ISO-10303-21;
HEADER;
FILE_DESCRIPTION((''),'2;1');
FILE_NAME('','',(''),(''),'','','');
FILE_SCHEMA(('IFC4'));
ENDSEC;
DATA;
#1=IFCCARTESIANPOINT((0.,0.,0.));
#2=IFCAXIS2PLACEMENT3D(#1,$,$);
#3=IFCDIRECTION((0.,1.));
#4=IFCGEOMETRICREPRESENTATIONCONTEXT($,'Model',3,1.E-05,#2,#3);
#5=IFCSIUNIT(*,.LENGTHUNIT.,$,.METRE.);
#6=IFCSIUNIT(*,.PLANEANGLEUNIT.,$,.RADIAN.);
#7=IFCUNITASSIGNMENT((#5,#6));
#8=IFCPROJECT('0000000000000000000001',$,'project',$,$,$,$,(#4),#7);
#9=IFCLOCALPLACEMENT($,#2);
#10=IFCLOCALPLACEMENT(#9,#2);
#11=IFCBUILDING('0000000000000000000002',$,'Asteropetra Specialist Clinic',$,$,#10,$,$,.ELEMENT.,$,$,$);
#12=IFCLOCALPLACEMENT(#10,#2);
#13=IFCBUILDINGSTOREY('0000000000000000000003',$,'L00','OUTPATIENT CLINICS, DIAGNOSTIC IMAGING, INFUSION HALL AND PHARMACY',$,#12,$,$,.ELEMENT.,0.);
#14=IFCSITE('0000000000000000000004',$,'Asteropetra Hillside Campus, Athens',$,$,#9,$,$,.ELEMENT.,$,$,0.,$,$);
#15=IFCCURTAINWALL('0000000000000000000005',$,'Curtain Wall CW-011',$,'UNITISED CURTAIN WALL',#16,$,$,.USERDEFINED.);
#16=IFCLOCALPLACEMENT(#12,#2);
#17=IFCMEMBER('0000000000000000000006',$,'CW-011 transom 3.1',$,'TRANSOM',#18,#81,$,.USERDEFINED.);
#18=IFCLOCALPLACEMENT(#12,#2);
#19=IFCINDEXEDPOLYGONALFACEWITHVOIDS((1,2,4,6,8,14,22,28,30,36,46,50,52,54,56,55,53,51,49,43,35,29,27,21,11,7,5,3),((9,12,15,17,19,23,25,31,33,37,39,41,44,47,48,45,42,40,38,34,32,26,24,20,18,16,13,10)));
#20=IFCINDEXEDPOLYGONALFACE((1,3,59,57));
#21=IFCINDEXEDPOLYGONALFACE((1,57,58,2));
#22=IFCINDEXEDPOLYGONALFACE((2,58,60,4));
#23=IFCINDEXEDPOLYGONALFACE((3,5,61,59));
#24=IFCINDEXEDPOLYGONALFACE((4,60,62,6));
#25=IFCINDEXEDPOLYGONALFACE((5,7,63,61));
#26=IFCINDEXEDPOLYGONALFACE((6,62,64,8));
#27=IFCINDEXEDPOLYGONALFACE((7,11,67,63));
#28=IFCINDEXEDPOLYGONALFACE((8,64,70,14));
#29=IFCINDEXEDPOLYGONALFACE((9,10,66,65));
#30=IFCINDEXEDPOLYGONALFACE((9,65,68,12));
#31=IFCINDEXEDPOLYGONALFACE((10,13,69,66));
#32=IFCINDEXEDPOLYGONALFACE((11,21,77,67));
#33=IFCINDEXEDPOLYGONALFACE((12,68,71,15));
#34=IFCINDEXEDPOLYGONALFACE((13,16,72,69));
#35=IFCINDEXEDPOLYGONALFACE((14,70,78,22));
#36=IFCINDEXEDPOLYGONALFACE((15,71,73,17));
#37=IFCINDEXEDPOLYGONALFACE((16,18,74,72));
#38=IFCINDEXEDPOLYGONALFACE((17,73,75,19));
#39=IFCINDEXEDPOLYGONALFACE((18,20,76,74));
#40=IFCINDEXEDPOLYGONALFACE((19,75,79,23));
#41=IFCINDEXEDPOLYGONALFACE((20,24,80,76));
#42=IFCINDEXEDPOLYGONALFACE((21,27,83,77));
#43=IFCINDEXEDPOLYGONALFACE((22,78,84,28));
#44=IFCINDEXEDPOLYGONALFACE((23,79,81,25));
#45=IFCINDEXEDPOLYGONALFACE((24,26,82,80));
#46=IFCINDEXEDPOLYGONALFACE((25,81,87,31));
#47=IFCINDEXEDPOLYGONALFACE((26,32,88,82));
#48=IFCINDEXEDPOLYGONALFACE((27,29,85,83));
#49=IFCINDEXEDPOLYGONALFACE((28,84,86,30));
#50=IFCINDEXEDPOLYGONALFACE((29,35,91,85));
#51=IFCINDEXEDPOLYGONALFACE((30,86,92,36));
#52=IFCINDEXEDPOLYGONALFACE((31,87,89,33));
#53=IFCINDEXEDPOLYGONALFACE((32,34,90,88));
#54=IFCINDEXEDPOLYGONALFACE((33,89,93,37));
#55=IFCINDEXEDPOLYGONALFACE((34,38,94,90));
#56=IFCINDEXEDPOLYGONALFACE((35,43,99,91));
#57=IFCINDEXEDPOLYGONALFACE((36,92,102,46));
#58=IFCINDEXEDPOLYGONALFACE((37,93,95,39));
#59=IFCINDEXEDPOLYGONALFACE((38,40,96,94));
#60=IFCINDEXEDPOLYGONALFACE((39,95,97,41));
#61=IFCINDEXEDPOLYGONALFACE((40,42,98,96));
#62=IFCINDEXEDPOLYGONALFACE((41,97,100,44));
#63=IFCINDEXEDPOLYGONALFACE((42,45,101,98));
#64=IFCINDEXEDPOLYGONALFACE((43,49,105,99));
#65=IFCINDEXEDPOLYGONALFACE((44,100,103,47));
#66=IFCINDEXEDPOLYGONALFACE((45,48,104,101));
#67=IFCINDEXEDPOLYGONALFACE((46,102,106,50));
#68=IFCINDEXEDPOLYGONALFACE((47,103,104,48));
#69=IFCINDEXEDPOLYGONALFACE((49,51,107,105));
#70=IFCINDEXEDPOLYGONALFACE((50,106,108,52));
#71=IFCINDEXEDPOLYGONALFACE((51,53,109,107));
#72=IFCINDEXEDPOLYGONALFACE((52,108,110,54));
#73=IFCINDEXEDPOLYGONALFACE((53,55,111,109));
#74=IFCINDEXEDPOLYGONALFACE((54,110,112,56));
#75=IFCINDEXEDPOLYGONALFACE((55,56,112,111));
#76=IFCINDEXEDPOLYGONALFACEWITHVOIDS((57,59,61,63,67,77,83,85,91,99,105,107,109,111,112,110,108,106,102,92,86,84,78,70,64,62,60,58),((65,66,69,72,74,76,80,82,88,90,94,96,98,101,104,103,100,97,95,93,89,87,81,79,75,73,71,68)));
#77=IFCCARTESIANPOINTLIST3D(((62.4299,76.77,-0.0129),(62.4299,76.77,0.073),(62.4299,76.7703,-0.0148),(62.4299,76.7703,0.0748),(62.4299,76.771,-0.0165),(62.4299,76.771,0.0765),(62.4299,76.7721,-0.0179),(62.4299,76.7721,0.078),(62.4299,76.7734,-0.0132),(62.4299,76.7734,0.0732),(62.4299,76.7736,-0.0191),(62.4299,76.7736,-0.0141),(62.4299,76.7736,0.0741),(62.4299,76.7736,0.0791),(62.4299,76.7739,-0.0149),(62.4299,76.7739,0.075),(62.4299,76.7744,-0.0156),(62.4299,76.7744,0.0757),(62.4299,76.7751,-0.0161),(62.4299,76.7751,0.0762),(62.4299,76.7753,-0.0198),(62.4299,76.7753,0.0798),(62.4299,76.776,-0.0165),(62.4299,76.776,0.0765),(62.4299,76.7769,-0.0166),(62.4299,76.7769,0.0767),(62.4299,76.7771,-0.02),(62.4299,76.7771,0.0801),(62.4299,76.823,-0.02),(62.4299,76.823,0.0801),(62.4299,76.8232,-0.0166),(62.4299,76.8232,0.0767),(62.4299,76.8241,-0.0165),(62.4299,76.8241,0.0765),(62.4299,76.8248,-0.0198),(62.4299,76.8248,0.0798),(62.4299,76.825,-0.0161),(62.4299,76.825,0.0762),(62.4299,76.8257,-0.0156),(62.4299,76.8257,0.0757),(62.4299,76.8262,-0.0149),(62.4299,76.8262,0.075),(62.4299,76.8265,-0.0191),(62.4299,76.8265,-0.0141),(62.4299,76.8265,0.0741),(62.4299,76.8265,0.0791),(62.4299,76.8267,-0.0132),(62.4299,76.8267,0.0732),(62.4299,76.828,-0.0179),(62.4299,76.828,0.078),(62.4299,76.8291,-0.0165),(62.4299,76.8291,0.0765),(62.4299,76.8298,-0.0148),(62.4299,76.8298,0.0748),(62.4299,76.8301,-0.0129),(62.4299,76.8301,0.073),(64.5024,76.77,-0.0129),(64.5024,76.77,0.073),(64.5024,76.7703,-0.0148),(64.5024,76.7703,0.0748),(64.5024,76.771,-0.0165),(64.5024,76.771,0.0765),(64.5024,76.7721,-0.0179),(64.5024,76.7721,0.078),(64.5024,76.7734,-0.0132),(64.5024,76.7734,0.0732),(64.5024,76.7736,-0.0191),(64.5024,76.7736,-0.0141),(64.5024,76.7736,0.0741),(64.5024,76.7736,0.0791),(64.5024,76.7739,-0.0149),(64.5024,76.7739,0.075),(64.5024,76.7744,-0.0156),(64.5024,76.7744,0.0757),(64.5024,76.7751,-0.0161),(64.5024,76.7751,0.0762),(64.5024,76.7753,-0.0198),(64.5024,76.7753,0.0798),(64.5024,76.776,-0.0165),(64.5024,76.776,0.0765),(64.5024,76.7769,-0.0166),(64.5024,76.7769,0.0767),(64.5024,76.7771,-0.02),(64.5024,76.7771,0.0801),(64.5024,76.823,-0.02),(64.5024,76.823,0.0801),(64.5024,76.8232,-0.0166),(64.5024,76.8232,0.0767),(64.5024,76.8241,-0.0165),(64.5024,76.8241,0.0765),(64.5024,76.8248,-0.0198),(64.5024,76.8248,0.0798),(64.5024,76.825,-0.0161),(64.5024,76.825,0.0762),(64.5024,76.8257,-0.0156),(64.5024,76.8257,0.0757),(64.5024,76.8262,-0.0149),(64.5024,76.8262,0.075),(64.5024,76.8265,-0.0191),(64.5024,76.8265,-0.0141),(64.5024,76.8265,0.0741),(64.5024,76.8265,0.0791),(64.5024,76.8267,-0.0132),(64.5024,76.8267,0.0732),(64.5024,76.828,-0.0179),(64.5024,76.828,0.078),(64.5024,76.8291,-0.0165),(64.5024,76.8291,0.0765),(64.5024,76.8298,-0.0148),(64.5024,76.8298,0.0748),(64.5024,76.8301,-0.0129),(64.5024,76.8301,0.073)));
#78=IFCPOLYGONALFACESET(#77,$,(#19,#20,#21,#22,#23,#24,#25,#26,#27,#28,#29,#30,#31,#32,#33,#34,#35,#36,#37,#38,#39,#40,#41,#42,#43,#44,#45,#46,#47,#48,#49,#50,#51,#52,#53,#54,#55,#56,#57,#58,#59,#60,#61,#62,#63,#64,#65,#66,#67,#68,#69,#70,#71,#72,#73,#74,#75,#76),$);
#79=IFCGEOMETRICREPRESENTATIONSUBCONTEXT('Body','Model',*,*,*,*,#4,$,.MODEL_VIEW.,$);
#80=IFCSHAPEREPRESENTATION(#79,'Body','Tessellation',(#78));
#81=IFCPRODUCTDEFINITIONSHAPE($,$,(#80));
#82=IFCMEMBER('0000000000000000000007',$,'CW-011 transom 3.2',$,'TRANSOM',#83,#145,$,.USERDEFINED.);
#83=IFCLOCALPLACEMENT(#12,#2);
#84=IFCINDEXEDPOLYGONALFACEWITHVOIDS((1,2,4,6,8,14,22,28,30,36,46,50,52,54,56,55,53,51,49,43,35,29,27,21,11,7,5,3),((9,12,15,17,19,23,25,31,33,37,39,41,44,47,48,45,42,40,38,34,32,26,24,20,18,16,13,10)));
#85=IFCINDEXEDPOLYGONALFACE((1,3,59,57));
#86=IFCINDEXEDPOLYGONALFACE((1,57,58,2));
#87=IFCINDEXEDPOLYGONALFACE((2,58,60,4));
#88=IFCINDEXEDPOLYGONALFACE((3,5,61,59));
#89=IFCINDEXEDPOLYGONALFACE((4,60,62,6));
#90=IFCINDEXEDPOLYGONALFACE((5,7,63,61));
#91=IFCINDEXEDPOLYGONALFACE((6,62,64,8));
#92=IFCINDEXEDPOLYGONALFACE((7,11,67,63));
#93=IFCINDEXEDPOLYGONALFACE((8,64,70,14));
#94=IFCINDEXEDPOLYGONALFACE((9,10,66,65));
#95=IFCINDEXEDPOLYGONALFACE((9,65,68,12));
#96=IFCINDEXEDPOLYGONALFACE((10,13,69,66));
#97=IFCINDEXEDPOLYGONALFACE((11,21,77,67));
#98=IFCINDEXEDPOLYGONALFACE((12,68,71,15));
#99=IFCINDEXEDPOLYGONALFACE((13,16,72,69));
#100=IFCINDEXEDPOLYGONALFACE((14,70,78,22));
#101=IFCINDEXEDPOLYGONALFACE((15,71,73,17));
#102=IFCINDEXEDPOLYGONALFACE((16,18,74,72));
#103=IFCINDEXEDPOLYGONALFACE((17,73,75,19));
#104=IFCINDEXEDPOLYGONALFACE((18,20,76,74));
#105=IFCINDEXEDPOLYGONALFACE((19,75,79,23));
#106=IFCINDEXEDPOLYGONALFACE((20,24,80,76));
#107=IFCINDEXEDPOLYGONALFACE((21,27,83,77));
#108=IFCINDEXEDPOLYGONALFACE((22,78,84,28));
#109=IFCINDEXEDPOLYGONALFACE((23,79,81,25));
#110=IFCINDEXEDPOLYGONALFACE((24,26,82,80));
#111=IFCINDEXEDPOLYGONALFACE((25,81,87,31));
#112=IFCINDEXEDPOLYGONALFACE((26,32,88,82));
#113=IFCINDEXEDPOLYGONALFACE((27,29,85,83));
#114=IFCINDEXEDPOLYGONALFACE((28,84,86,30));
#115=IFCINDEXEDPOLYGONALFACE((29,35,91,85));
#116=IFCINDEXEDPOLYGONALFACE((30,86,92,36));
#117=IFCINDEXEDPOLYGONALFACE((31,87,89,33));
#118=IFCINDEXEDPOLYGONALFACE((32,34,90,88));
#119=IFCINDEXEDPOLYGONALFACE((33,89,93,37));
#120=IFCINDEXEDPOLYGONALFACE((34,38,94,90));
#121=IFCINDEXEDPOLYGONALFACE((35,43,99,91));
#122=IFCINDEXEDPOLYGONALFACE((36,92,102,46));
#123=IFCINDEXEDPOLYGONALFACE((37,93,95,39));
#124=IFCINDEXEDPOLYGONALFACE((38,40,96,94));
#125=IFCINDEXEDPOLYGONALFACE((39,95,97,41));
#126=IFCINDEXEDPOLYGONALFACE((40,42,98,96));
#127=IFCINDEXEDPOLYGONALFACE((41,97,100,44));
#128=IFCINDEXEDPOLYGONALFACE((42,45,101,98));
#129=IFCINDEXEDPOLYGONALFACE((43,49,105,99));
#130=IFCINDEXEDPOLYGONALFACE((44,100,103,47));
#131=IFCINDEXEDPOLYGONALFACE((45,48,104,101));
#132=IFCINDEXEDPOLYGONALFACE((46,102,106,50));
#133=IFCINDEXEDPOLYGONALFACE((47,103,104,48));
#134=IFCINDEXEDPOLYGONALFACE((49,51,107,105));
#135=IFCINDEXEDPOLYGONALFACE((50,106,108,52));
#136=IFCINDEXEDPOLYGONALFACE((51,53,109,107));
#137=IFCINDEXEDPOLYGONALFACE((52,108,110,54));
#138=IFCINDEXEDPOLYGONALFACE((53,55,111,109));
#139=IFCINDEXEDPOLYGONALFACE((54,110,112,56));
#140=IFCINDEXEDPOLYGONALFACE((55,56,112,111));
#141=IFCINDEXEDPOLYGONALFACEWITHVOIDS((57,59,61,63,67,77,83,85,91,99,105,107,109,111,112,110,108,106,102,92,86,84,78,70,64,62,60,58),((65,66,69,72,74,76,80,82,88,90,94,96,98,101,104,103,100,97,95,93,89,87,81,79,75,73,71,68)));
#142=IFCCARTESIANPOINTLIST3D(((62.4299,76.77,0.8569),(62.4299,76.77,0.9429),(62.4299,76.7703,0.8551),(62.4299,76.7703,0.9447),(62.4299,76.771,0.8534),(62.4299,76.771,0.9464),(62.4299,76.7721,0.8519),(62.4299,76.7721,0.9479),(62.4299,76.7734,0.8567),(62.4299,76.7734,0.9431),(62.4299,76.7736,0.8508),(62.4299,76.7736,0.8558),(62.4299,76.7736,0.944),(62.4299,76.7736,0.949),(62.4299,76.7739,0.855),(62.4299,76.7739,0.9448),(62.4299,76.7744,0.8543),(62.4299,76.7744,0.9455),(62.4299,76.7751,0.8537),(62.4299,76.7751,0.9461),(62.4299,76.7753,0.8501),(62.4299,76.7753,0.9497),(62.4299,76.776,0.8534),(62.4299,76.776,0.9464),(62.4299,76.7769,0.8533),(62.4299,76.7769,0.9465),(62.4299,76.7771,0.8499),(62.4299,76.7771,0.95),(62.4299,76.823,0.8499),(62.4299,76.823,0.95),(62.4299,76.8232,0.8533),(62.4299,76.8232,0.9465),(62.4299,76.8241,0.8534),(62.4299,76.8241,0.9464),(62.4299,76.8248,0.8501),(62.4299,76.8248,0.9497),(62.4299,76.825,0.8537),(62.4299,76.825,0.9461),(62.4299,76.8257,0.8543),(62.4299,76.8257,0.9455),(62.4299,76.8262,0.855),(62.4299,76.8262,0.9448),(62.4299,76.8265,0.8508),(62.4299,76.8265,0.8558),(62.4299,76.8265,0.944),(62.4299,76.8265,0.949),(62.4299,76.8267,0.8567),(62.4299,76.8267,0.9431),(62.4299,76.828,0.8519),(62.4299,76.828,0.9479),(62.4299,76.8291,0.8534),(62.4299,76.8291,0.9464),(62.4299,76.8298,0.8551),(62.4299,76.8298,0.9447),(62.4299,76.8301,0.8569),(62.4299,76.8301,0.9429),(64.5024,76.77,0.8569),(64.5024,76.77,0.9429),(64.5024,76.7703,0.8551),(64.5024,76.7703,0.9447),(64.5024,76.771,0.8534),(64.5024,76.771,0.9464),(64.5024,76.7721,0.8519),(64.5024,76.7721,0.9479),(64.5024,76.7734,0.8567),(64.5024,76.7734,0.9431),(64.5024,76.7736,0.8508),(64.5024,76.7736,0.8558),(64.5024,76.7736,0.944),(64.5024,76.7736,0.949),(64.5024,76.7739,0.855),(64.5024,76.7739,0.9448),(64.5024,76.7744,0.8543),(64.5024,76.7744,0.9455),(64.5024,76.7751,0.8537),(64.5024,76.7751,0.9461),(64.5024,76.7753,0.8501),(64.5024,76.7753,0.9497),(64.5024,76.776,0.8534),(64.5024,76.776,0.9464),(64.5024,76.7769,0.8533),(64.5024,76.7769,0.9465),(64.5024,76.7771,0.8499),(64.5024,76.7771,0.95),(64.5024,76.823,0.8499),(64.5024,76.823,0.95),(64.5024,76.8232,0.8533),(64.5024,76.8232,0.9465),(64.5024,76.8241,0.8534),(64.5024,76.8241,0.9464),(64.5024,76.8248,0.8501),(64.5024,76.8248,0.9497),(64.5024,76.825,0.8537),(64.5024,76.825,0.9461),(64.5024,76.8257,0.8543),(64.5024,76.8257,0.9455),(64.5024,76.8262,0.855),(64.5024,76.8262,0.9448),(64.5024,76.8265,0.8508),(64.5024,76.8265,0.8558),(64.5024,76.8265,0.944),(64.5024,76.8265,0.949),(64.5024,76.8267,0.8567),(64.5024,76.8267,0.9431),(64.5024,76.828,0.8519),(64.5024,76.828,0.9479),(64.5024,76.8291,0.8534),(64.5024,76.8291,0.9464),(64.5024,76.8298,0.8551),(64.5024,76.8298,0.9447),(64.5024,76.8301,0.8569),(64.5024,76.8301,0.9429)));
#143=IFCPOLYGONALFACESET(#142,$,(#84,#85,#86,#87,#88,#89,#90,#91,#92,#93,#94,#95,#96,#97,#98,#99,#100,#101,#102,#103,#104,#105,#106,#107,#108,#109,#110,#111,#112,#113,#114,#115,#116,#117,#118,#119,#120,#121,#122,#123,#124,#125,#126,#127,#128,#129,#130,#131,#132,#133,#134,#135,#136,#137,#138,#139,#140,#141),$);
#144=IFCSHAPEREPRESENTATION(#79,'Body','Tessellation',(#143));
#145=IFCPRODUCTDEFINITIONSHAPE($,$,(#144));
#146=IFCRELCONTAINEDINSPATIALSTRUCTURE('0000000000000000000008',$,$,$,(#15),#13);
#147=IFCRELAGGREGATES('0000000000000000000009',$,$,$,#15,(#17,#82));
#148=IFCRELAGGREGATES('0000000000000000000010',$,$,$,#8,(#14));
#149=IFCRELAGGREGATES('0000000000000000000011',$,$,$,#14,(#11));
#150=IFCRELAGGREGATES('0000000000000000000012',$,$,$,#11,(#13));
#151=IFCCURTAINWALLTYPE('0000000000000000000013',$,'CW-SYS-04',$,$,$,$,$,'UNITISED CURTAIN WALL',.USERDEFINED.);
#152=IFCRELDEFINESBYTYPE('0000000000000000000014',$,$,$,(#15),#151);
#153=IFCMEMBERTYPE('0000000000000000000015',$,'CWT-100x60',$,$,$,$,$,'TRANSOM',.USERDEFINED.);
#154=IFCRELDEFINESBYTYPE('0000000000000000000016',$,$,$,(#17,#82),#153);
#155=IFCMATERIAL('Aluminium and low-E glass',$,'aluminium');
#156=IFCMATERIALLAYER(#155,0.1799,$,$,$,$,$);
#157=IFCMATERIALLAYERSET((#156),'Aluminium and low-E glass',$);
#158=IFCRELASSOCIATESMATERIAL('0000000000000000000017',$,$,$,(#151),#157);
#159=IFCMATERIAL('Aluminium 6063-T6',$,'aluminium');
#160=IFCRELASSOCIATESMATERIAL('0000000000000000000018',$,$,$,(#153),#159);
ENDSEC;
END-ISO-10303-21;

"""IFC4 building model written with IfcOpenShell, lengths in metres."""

from ifc_helpers import new_model, si_unit, direction, frame, origin, origin_2d, place, context, subcontext, project, spatial, hollow_rectangle, extrude, material, layer, layer_set, material_profile, profile_set, type_object, element, aggregate, save


model = new_model("IFC4")

# Units and contexts
model_context = context("Model", 3, precision=1e-05, world=origin(), true_north=direction((0.0, 1.0)))
body_context = subcontext(model_context, "Body", "Model", "MODEL_VIEW")
ifc_project = project(units=[si_unit("LENGTHUNIT", "METRE"), si_unit("PLANEANGLEUNIT", "RADIAN")], contexts=[model_context])

# Site, building, storey
site_placement = place(None, origin())
site = spatial("IfcSite", under=ifc_project, at=site_placement, Name="Asteropetra Hillside Campus, Athens", CompositionType="ELEMENT", RefElevation=0.0)
building_placement = place(site_placement, origin())
building = spatial("IfcBuilding", under=site, at=building_placement, Name="Asteropetra Specialist Clinic", CompositionType="ELEMENT")
storey_placement = place(building_placement, origin())
storey = spatial("IfcBuildingStorey", under=building, at=storey_placement, Name="L00", Description="OUTPATIENT CLINICS, DIAGNOSTIC IMAGING, INFUSION HALL AND PHARMACY", CompositionType="ELEMENT", Elevation=0.0)

# Curtain wall, members
ifc_material_1 = material(Name="Aluminium and low-E glass", Category="aluminium")
ifc_layer_1 = layer(ifc_material_1, 0.1799)
ifc_layer_set_1 = layer_set([ifc_layer_1], Name="Aluminium and low-E glass")
curtain_wall_type_1 = type_object("IfcCurtainWallType", Name="CW-SYS-04", ElementType="UNITISED CURTAIN WALL", PredefinedType="USERDEFINED", material=ifc_layer_set_1)
curtain_wall_1_placement = place(storey_placement, origin())
curtain_wall_1 = element("IfcCurtainWall", 1, at=curtain_wall_1_placement, inside=storey, type_object=curtain_wall_type_1, Name="Curtain Wall CW-011", ObjectType="UNITISED CURTAIN WALL", PredefinedType="USERDEFINED")
ifc_material_2 = material(Name="Aluminium 6063-T6", Category="aluminium")
ifc_material_profile_1 = material_profile(ifc_material_2, hollow_rectangle(XDim=0.0601, YDim=0.1001, WallThickness=0.0034, InnerFilletRadius=0.0034, OuterFilletRadius=0.0071, at=origin_2d()), Name="TRN 100x60x3.5")
ifc_profile_set_1 = profile_set([ifc_material_profile_1], Name="Aluminium 6063-T6")
member_type_1 = type_object("IfcMemberType", Name="CWT-100x60", ElementType="TRANSOM", PredefinedType="USERDEFINED", material=ifc_profile_set_1)
member_1_placement = place(storey_placement, frame((62.4299, 76.8, 0.03), z_axis=(1.0, 0.0, 0.0), x_axis=(0.0, 1.0, 0.0)))
member_1 = element("IfcMember", 2, at=member_1_placement, type_object=member_type_1, Name="CW-011 transom 3.1", ObjectType="TRANSOM", PredefinedType="USERDEFINED", context=body_context, shape_type="SweptSolid", body=[
    extrude(hollow_rectangle(XDim=0.0601, YDim=0.1001, WallThickness=0.0034, InnerFilletRadius=0.0034, OuterFilletRadius=0.0071, at=origin_2d()), origin(), (0.0, 0.0, 1.0), 2.0725),
])
member_2_placement = place(storey_placement, frame((62.4299, 76.8, 0.8999), z_axis=(1.0, 0.0, 0.0), x_axis=(0.0, 1.0, 0.0)))
member_2 = element("IfcMember", 3, at=member_2_placement, type_object=member_type_1, Name="CW-011 transom 3.2", ObjectType="TRANSOM", PredefinedType="USERDEFINED", context=body_context, shape_type="SweptSolid", body=[
    extrude(hollow_rectangle(XDim=0.0601, YDim=0.1001, WallThickness=0.0034, InnerFilletRadius=0.0034, OuterFilletRadius=0.0071, at=origin_2d()), origin(), (0.0, 0.0, 1.0), 2.0725),
])

aggregate(curtain_wall_1, [member_1, member_2])

save(model, "model.ifc")
